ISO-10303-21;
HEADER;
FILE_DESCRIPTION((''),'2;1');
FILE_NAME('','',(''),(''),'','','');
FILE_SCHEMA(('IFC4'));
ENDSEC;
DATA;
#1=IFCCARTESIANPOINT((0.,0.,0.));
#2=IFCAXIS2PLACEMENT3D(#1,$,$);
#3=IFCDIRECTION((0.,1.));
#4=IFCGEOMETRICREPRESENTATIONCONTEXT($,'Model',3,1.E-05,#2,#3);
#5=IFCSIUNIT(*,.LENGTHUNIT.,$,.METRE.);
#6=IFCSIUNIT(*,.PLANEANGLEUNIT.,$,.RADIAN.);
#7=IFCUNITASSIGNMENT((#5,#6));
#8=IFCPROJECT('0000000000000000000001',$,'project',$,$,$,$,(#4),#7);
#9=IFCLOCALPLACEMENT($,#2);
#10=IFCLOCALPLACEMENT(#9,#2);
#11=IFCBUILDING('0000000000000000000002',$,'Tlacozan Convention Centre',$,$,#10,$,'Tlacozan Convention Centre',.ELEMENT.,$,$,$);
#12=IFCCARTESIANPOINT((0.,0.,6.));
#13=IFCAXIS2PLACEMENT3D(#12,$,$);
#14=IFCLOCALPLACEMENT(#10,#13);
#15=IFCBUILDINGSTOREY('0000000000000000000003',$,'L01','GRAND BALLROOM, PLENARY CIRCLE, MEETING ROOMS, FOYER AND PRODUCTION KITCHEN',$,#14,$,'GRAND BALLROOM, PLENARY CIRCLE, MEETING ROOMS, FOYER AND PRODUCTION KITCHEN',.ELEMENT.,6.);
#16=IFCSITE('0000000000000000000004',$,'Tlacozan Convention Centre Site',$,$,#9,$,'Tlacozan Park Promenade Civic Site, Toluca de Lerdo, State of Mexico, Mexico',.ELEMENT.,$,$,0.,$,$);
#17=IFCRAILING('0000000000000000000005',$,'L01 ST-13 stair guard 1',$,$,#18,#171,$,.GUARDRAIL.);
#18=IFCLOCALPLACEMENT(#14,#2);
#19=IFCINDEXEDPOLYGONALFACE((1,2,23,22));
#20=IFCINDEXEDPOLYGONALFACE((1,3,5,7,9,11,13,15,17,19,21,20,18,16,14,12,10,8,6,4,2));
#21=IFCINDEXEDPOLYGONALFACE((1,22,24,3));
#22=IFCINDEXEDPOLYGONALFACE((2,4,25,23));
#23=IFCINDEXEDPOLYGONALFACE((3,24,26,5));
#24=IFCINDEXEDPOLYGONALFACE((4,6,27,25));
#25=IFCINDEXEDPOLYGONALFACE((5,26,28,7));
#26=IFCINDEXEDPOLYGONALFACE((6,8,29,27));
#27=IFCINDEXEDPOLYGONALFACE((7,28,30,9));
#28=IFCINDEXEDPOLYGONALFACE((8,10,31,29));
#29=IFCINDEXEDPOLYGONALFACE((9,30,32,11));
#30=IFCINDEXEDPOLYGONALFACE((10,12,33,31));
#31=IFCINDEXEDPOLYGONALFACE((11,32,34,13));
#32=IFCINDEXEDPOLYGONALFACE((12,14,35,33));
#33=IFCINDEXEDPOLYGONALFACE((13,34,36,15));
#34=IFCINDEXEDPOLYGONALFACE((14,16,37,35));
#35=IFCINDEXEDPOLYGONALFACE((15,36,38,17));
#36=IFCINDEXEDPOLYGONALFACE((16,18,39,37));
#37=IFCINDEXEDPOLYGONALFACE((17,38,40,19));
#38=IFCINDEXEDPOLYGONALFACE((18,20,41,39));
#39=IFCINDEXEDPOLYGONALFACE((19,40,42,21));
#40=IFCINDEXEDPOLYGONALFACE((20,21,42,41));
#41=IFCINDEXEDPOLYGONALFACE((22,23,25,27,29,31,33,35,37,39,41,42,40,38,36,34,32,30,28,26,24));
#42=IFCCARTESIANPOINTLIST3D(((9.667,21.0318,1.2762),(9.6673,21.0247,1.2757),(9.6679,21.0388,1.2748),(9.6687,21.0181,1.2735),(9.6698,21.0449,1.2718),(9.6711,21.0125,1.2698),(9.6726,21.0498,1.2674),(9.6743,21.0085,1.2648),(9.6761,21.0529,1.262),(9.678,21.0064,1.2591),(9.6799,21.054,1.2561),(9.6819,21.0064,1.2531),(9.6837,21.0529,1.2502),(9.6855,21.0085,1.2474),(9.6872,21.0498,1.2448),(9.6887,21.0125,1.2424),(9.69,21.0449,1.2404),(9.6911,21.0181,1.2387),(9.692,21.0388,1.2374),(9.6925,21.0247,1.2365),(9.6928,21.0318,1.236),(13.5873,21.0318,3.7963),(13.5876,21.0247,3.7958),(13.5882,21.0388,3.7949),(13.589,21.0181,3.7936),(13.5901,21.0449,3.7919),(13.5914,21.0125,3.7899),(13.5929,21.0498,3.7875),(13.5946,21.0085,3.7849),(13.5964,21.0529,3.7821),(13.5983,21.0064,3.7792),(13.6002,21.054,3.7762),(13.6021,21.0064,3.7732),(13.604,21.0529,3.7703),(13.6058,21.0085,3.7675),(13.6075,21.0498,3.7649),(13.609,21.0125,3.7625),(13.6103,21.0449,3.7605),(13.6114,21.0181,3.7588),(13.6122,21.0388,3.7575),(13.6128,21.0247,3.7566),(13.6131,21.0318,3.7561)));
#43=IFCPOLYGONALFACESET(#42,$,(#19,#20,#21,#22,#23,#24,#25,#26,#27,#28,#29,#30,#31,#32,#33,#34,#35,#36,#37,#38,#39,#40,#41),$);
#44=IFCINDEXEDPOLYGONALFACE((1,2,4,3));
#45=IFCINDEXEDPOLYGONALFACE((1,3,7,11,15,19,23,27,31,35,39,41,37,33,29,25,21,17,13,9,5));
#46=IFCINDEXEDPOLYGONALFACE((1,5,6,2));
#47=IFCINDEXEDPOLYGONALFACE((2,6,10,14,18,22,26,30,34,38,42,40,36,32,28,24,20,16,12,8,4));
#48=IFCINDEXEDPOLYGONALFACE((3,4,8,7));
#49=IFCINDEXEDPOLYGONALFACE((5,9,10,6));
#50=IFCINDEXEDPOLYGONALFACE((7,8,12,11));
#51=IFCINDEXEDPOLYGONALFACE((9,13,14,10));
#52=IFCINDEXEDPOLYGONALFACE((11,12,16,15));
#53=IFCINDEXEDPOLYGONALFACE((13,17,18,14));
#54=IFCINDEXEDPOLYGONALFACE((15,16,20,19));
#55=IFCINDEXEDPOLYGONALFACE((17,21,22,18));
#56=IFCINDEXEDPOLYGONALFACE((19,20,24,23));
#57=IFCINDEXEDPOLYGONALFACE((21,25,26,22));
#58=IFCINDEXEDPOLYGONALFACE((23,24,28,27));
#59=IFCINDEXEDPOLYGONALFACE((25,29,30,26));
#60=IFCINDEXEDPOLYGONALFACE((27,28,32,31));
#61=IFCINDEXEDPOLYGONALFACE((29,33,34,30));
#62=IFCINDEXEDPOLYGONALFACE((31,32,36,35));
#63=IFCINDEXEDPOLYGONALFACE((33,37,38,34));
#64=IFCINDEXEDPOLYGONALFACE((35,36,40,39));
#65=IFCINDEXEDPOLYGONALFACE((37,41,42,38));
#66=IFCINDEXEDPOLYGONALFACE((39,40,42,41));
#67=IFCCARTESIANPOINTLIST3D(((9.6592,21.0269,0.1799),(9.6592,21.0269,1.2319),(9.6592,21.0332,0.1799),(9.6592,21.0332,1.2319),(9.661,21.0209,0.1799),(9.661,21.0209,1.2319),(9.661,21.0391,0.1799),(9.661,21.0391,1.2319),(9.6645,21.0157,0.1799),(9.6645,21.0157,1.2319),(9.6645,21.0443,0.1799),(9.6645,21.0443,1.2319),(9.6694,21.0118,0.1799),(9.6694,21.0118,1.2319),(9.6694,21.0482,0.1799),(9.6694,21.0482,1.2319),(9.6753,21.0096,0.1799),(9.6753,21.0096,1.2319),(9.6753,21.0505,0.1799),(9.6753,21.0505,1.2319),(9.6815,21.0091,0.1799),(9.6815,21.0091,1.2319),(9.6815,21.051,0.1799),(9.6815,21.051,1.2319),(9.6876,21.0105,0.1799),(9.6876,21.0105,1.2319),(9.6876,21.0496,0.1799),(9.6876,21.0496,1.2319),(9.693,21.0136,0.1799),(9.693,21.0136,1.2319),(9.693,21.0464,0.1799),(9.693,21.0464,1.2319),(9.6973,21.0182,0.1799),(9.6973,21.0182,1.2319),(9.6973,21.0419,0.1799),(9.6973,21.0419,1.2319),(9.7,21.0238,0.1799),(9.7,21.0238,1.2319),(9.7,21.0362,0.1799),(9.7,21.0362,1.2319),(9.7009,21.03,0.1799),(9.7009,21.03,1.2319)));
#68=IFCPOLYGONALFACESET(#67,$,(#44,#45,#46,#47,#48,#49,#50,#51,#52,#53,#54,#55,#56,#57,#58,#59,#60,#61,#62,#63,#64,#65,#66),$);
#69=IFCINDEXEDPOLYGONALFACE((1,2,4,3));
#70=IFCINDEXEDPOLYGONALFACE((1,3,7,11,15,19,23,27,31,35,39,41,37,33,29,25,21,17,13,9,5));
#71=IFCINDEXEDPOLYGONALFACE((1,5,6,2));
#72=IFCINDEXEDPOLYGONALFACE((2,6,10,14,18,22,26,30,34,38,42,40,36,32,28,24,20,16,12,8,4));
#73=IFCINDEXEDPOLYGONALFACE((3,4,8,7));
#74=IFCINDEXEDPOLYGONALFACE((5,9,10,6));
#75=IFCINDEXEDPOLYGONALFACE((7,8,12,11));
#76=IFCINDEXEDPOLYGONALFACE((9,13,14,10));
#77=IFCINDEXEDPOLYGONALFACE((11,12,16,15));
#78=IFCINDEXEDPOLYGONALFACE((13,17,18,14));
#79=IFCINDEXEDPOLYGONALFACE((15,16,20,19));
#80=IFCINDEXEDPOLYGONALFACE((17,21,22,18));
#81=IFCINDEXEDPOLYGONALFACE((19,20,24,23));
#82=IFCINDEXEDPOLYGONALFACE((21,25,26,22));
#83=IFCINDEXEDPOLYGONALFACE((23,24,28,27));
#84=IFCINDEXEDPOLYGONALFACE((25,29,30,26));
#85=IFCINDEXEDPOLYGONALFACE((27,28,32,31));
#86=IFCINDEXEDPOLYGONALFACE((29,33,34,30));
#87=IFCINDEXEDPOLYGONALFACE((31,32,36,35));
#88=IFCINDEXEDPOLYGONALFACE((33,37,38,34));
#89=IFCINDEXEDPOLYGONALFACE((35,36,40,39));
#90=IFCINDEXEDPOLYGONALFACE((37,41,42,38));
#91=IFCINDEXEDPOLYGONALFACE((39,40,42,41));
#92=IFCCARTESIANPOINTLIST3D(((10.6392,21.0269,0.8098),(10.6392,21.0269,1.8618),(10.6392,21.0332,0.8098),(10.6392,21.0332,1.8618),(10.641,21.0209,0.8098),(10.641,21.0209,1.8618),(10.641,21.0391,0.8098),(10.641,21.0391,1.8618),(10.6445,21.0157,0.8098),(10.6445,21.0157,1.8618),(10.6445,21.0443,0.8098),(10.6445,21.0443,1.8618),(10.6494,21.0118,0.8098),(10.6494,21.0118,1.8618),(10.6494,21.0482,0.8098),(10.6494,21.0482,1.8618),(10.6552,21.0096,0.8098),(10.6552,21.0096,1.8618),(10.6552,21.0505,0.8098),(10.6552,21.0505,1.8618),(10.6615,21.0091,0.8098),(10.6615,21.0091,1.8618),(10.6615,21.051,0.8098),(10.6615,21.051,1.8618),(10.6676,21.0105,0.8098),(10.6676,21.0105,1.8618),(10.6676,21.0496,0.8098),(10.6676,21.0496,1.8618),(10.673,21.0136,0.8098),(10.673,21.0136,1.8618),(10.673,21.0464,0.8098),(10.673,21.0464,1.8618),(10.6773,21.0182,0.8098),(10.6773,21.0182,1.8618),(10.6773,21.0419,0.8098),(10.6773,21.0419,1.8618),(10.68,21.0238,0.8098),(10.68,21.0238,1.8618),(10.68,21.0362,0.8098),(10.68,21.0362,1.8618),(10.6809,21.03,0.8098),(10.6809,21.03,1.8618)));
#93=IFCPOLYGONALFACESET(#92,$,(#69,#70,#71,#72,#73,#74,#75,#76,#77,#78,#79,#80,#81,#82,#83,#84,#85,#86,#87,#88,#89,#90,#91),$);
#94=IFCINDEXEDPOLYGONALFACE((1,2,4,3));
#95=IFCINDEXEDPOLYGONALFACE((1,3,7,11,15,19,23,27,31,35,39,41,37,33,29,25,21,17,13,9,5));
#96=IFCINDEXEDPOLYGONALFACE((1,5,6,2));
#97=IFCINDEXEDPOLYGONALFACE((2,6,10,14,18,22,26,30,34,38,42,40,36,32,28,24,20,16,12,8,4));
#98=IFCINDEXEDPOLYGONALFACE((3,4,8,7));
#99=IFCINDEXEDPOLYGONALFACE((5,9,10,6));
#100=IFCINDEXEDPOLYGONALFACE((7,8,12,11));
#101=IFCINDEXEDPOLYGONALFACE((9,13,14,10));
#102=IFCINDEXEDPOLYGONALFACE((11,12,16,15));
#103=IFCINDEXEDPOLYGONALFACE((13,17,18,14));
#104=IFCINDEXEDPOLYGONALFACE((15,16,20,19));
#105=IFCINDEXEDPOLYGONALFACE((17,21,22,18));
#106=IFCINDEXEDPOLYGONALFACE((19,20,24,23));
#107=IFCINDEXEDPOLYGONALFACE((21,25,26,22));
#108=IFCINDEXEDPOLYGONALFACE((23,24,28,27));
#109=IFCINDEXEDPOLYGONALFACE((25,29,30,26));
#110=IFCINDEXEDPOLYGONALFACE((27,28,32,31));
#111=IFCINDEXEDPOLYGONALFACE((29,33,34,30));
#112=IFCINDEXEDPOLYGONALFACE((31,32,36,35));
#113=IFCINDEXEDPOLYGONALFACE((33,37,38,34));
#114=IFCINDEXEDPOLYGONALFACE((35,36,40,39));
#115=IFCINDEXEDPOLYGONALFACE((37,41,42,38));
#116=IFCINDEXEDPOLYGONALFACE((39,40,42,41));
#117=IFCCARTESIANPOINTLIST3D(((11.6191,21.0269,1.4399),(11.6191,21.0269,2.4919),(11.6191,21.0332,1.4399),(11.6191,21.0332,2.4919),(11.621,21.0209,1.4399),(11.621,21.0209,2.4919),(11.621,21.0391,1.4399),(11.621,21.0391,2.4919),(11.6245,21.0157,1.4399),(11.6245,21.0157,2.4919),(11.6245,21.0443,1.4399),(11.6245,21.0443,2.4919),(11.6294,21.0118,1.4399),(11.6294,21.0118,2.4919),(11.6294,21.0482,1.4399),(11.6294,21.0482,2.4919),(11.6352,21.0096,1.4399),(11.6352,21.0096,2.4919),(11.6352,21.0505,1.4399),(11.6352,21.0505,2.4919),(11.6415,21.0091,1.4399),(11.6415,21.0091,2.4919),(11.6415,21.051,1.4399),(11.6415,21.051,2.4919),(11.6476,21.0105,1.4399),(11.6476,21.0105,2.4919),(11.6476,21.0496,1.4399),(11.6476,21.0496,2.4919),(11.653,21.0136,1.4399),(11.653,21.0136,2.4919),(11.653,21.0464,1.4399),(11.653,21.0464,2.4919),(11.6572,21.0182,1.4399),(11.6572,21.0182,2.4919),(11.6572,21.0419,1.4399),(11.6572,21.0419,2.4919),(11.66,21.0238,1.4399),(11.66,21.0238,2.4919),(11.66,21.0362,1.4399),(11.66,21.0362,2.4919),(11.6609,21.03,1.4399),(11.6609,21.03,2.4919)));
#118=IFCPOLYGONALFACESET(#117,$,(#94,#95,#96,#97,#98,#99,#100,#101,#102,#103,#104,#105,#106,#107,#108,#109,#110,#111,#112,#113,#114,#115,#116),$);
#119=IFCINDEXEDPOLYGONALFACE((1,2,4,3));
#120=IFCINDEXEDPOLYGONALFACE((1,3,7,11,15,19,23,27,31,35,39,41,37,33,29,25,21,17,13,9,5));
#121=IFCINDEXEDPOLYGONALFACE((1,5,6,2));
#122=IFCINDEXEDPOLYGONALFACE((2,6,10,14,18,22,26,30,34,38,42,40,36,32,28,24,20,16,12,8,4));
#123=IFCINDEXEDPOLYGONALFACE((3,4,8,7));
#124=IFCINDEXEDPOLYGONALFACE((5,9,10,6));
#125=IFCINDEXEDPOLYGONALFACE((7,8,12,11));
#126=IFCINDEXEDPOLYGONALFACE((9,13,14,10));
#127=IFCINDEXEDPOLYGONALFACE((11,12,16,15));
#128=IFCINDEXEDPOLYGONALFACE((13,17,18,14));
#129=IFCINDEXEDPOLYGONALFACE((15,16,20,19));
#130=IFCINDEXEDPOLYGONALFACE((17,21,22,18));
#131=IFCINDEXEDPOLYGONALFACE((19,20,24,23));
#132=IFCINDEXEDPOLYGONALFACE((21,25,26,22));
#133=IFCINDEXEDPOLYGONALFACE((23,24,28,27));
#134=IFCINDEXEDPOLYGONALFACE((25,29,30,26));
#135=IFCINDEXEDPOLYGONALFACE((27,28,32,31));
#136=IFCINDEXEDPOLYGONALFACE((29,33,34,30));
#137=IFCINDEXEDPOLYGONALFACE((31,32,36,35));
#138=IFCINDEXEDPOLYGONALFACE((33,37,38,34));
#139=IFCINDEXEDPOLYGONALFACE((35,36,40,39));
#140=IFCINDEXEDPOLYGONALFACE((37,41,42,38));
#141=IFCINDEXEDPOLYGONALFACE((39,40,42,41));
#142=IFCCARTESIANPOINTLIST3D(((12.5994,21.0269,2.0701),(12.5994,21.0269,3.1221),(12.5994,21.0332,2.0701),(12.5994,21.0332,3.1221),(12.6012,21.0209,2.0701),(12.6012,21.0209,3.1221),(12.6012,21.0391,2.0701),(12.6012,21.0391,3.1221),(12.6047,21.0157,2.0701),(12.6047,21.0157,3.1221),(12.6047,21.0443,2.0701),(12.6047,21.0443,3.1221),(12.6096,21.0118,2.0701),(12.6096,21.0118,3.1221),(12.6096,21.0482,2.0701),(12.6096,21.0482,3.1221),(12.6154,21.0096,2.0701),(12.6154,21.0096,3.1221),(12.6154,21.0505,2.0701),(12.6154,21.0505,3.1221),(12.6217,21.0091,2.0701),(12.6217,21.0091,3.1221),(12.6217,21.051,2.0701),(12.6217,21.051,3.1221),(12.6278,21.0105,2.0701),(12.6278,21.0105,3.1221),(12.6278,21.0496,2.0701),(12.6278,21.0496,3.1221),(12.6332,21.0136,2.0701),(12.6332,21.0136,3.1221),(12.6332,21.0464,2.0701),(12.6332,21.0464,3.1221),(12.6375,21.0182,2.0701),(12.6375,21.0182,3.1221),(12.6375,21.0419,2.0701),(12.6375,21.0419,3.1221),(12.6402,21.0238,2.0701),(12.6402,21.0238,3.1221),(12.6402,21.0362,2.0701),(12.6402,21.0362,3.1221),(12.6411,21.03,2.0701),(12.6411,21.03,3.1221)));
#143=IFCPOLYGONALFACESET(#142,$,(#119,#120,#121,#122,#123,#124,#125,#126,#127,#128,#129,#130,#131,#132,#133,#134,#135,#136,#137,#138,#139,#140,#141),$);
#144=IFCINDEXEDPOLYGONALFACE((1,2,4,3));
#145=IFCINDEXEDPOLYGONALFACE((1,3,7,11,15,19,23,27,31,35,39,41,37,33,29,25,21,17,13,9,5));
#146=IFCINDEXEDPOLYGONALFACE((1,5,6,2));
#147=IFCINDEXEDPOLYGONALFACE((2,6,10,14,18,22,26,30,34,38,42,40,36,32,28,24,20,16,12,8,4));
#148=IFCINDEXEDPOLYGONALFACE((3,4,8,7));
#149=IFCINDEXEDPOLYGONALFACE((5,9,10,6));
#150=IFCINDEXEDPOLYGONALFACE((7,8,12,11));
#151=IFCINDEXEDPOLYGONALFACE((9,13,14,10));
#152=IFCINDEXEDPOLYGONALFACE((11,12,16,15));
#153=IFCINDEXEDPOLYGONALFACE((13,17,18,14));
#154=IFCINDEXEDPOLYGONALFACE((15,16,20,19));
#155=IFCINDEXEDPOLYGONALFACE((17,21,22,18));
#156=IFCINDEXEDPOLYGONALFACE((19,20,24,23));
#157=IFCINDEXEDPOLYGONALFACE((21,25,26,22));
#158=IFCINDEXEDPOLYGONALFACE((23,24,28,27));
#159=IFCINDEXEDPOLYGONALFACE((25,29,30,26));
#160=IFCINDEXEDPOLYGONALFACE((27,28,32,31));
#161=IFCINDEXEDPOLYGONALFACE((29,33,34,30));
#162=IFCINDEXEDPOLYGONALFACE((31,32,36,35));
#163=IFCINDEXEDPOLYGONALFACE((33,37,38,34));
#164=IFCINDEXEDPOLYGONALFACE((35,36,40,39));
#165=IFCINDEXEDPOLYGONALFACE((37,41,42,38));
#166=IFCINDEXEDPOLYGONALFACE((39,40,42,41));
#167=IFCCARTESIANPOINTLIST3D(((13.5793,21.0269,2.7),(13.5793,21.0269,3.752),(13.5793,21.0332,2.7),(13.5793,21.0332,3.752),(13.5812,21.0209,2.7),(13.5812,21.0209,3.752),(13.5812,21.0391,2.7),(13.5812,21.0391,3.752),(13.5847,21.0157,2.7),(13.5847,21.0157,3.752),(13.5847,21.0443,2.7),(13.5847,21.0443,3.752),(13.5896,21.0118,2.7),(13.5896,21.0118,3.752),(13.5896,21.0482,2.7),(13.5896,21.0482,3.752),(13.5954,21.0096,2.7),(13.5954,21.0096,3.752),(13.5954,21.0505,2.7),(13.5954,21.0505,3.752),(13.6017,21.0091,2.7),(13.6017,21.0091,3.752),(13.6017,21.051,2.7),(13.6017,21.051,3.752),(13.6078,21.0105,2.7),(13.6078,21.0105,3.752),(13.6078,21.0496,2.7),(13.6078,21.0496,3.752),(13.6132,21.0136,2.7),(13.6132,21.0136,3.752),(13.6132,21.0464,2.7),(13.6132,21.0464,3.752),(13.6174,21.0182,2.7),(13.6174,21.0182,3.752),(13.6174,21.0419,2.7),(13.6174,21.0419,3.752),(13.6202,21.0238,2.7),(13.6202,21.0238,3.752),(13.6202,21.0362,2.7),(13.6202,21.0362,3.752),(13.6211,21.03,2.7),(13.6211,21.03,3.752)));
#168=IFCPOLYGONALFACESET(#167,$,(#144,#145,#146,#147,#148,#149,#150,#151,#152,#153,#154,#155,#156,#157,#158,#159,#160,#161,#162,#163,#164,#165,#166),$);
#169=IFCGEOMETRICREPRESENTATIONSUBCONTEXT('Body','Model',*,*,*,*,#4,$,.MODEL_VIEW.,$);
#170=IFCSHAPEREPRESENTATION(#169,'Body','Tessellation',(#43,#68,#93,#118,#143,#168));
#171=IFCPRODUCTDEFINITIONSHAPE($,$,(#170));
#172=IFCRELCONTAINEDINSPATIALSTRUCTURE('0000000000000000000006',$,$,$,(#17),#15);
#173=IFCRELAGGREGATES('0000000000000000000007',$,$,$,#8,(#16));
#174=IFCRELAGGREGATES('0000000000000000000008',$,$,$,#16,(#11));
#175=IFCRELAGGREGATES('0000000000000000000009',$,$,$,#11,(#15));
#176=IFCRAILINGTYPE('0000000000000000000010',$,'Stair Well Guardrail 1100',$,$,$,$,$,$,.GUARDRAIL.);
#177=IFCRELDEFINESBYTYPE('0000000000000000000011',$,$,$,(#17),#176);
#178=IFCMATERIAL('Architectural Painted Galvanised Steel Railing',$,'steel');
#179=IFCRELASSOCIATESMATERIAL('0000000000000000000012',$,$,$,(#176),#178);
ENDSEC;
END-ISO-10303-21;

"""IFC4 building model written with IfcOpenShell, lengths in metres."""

from ifc_helpers import new_model, si_unit, direction, frame, origin, origin_2d, place, context, subcontext, project, spatial, circle, extrude, material, type_object, element, save


model = new_model("IFC4")

# Units and contexts
model_context = context("Model", 3, precision=1e-05, world=origin(), true_north=direction((0.0, 1.0)))
body_context = subcontext(model_context, "Body", "Model", "MODEL_VIEW")
ifc_project = project(units=[si_unit("LENGTHUNIT", "METRE"), si_unit("PLANEANGLEUNIT", "RADIAN")], contexts=[model_context])

# Site, building, storey
site_placement = place(None, origin())
site = spatial("IfcSite", under=ifc_project, at=site_placement, Name="Tlacozan Convention Centre Site", LongName="Tlacozan Park Promenade Civic Site, Toluca de Lerdo, State of Mexico, Mexico", CompositionType="ELEMENT", RefElevation=0.0)
building_placement = place(site_placement, origin())
building = spatial("IfcBuilding", under=site, at=building_placement, Name="Tlacozan Convention Centre", LongName="Tlacozan Convention Centre", CompositionType="ELEMENT")
storey_placement = place(building_placement, frame((0.0, 0.0, 6.0)))
storey = spatial("IfcBuildingStorey", under=building, at=storey_placement, Name="L01", Description="GRAND BALLROOM, PLENARY CIRCLE, MEETING ROOMS, FOYER AND PRODUCTION KITCHEN", LongName="GRAND BALLROOM, PLENARY CIRCLE, MEETING ROOMS, FOYER AND PRODUCTION KITCHEN", CompositionType="ELEMENT", Elevation=6.0)

# Railing
ifc_material_1 = material(Name="Architectural Painted Galvanised Steel Railing", Category="steel")
railing_type_1 = type_object("IfcRailingType", Name="Stair Well Guardrail 1100", PredefinedType="GUARDRAIL", material=ifc_material_1)
railing_1_placement = place(storey_placement, frame((9.6799, 21.03, 0.1799)))
element("IfcRailing", 1, at=railing_1_placement, inside=storey, type_object=railing_type_1, Name="L01 ST-13 stair guard 1", PredefinedType="GUARDRAIL", context=body_context, shape_type="SweptSolid", body=[
    extrude(circle(Radius=0.0239, at=origin_2d()), frame((0.0, 0.0, 1.0762), z_axis=(0.841187, 0.0, 0.540744), x_axis=(0.0, 1.0, 0.0)), (0.0, 0.0, 1.0), 4.6604),
    extrude(circle(Radius=0.021, at=origin_2d()), origin(), (0.0, 0.0, 1.0), 1.052),
    extrude(circle(Radius=0.021, at=origin_2d()), frame((0.98, 0.0, 0.6299)), (0.0, 0.0, 1.0), 1.052),
    extrude(circle(Radius=0.021, at=origin_2d()), frame((1.96, 0.0, 1.26)), (0.0, 0.0, 1.0), 1.052),
    extrude(circle(Radius=0.021, at=origin_2d()), frame((2.9402, 0.0, 1.8901)), (0.0, 0.0, 1.0), 1.052),
    extrude(circle(Radius=0.021, at=origin_2d()), frame((3.9202, 0.0, 2.52)), (0.0, 0.0, 1.0), 1.052),
])

save(model, "model.ifc")
